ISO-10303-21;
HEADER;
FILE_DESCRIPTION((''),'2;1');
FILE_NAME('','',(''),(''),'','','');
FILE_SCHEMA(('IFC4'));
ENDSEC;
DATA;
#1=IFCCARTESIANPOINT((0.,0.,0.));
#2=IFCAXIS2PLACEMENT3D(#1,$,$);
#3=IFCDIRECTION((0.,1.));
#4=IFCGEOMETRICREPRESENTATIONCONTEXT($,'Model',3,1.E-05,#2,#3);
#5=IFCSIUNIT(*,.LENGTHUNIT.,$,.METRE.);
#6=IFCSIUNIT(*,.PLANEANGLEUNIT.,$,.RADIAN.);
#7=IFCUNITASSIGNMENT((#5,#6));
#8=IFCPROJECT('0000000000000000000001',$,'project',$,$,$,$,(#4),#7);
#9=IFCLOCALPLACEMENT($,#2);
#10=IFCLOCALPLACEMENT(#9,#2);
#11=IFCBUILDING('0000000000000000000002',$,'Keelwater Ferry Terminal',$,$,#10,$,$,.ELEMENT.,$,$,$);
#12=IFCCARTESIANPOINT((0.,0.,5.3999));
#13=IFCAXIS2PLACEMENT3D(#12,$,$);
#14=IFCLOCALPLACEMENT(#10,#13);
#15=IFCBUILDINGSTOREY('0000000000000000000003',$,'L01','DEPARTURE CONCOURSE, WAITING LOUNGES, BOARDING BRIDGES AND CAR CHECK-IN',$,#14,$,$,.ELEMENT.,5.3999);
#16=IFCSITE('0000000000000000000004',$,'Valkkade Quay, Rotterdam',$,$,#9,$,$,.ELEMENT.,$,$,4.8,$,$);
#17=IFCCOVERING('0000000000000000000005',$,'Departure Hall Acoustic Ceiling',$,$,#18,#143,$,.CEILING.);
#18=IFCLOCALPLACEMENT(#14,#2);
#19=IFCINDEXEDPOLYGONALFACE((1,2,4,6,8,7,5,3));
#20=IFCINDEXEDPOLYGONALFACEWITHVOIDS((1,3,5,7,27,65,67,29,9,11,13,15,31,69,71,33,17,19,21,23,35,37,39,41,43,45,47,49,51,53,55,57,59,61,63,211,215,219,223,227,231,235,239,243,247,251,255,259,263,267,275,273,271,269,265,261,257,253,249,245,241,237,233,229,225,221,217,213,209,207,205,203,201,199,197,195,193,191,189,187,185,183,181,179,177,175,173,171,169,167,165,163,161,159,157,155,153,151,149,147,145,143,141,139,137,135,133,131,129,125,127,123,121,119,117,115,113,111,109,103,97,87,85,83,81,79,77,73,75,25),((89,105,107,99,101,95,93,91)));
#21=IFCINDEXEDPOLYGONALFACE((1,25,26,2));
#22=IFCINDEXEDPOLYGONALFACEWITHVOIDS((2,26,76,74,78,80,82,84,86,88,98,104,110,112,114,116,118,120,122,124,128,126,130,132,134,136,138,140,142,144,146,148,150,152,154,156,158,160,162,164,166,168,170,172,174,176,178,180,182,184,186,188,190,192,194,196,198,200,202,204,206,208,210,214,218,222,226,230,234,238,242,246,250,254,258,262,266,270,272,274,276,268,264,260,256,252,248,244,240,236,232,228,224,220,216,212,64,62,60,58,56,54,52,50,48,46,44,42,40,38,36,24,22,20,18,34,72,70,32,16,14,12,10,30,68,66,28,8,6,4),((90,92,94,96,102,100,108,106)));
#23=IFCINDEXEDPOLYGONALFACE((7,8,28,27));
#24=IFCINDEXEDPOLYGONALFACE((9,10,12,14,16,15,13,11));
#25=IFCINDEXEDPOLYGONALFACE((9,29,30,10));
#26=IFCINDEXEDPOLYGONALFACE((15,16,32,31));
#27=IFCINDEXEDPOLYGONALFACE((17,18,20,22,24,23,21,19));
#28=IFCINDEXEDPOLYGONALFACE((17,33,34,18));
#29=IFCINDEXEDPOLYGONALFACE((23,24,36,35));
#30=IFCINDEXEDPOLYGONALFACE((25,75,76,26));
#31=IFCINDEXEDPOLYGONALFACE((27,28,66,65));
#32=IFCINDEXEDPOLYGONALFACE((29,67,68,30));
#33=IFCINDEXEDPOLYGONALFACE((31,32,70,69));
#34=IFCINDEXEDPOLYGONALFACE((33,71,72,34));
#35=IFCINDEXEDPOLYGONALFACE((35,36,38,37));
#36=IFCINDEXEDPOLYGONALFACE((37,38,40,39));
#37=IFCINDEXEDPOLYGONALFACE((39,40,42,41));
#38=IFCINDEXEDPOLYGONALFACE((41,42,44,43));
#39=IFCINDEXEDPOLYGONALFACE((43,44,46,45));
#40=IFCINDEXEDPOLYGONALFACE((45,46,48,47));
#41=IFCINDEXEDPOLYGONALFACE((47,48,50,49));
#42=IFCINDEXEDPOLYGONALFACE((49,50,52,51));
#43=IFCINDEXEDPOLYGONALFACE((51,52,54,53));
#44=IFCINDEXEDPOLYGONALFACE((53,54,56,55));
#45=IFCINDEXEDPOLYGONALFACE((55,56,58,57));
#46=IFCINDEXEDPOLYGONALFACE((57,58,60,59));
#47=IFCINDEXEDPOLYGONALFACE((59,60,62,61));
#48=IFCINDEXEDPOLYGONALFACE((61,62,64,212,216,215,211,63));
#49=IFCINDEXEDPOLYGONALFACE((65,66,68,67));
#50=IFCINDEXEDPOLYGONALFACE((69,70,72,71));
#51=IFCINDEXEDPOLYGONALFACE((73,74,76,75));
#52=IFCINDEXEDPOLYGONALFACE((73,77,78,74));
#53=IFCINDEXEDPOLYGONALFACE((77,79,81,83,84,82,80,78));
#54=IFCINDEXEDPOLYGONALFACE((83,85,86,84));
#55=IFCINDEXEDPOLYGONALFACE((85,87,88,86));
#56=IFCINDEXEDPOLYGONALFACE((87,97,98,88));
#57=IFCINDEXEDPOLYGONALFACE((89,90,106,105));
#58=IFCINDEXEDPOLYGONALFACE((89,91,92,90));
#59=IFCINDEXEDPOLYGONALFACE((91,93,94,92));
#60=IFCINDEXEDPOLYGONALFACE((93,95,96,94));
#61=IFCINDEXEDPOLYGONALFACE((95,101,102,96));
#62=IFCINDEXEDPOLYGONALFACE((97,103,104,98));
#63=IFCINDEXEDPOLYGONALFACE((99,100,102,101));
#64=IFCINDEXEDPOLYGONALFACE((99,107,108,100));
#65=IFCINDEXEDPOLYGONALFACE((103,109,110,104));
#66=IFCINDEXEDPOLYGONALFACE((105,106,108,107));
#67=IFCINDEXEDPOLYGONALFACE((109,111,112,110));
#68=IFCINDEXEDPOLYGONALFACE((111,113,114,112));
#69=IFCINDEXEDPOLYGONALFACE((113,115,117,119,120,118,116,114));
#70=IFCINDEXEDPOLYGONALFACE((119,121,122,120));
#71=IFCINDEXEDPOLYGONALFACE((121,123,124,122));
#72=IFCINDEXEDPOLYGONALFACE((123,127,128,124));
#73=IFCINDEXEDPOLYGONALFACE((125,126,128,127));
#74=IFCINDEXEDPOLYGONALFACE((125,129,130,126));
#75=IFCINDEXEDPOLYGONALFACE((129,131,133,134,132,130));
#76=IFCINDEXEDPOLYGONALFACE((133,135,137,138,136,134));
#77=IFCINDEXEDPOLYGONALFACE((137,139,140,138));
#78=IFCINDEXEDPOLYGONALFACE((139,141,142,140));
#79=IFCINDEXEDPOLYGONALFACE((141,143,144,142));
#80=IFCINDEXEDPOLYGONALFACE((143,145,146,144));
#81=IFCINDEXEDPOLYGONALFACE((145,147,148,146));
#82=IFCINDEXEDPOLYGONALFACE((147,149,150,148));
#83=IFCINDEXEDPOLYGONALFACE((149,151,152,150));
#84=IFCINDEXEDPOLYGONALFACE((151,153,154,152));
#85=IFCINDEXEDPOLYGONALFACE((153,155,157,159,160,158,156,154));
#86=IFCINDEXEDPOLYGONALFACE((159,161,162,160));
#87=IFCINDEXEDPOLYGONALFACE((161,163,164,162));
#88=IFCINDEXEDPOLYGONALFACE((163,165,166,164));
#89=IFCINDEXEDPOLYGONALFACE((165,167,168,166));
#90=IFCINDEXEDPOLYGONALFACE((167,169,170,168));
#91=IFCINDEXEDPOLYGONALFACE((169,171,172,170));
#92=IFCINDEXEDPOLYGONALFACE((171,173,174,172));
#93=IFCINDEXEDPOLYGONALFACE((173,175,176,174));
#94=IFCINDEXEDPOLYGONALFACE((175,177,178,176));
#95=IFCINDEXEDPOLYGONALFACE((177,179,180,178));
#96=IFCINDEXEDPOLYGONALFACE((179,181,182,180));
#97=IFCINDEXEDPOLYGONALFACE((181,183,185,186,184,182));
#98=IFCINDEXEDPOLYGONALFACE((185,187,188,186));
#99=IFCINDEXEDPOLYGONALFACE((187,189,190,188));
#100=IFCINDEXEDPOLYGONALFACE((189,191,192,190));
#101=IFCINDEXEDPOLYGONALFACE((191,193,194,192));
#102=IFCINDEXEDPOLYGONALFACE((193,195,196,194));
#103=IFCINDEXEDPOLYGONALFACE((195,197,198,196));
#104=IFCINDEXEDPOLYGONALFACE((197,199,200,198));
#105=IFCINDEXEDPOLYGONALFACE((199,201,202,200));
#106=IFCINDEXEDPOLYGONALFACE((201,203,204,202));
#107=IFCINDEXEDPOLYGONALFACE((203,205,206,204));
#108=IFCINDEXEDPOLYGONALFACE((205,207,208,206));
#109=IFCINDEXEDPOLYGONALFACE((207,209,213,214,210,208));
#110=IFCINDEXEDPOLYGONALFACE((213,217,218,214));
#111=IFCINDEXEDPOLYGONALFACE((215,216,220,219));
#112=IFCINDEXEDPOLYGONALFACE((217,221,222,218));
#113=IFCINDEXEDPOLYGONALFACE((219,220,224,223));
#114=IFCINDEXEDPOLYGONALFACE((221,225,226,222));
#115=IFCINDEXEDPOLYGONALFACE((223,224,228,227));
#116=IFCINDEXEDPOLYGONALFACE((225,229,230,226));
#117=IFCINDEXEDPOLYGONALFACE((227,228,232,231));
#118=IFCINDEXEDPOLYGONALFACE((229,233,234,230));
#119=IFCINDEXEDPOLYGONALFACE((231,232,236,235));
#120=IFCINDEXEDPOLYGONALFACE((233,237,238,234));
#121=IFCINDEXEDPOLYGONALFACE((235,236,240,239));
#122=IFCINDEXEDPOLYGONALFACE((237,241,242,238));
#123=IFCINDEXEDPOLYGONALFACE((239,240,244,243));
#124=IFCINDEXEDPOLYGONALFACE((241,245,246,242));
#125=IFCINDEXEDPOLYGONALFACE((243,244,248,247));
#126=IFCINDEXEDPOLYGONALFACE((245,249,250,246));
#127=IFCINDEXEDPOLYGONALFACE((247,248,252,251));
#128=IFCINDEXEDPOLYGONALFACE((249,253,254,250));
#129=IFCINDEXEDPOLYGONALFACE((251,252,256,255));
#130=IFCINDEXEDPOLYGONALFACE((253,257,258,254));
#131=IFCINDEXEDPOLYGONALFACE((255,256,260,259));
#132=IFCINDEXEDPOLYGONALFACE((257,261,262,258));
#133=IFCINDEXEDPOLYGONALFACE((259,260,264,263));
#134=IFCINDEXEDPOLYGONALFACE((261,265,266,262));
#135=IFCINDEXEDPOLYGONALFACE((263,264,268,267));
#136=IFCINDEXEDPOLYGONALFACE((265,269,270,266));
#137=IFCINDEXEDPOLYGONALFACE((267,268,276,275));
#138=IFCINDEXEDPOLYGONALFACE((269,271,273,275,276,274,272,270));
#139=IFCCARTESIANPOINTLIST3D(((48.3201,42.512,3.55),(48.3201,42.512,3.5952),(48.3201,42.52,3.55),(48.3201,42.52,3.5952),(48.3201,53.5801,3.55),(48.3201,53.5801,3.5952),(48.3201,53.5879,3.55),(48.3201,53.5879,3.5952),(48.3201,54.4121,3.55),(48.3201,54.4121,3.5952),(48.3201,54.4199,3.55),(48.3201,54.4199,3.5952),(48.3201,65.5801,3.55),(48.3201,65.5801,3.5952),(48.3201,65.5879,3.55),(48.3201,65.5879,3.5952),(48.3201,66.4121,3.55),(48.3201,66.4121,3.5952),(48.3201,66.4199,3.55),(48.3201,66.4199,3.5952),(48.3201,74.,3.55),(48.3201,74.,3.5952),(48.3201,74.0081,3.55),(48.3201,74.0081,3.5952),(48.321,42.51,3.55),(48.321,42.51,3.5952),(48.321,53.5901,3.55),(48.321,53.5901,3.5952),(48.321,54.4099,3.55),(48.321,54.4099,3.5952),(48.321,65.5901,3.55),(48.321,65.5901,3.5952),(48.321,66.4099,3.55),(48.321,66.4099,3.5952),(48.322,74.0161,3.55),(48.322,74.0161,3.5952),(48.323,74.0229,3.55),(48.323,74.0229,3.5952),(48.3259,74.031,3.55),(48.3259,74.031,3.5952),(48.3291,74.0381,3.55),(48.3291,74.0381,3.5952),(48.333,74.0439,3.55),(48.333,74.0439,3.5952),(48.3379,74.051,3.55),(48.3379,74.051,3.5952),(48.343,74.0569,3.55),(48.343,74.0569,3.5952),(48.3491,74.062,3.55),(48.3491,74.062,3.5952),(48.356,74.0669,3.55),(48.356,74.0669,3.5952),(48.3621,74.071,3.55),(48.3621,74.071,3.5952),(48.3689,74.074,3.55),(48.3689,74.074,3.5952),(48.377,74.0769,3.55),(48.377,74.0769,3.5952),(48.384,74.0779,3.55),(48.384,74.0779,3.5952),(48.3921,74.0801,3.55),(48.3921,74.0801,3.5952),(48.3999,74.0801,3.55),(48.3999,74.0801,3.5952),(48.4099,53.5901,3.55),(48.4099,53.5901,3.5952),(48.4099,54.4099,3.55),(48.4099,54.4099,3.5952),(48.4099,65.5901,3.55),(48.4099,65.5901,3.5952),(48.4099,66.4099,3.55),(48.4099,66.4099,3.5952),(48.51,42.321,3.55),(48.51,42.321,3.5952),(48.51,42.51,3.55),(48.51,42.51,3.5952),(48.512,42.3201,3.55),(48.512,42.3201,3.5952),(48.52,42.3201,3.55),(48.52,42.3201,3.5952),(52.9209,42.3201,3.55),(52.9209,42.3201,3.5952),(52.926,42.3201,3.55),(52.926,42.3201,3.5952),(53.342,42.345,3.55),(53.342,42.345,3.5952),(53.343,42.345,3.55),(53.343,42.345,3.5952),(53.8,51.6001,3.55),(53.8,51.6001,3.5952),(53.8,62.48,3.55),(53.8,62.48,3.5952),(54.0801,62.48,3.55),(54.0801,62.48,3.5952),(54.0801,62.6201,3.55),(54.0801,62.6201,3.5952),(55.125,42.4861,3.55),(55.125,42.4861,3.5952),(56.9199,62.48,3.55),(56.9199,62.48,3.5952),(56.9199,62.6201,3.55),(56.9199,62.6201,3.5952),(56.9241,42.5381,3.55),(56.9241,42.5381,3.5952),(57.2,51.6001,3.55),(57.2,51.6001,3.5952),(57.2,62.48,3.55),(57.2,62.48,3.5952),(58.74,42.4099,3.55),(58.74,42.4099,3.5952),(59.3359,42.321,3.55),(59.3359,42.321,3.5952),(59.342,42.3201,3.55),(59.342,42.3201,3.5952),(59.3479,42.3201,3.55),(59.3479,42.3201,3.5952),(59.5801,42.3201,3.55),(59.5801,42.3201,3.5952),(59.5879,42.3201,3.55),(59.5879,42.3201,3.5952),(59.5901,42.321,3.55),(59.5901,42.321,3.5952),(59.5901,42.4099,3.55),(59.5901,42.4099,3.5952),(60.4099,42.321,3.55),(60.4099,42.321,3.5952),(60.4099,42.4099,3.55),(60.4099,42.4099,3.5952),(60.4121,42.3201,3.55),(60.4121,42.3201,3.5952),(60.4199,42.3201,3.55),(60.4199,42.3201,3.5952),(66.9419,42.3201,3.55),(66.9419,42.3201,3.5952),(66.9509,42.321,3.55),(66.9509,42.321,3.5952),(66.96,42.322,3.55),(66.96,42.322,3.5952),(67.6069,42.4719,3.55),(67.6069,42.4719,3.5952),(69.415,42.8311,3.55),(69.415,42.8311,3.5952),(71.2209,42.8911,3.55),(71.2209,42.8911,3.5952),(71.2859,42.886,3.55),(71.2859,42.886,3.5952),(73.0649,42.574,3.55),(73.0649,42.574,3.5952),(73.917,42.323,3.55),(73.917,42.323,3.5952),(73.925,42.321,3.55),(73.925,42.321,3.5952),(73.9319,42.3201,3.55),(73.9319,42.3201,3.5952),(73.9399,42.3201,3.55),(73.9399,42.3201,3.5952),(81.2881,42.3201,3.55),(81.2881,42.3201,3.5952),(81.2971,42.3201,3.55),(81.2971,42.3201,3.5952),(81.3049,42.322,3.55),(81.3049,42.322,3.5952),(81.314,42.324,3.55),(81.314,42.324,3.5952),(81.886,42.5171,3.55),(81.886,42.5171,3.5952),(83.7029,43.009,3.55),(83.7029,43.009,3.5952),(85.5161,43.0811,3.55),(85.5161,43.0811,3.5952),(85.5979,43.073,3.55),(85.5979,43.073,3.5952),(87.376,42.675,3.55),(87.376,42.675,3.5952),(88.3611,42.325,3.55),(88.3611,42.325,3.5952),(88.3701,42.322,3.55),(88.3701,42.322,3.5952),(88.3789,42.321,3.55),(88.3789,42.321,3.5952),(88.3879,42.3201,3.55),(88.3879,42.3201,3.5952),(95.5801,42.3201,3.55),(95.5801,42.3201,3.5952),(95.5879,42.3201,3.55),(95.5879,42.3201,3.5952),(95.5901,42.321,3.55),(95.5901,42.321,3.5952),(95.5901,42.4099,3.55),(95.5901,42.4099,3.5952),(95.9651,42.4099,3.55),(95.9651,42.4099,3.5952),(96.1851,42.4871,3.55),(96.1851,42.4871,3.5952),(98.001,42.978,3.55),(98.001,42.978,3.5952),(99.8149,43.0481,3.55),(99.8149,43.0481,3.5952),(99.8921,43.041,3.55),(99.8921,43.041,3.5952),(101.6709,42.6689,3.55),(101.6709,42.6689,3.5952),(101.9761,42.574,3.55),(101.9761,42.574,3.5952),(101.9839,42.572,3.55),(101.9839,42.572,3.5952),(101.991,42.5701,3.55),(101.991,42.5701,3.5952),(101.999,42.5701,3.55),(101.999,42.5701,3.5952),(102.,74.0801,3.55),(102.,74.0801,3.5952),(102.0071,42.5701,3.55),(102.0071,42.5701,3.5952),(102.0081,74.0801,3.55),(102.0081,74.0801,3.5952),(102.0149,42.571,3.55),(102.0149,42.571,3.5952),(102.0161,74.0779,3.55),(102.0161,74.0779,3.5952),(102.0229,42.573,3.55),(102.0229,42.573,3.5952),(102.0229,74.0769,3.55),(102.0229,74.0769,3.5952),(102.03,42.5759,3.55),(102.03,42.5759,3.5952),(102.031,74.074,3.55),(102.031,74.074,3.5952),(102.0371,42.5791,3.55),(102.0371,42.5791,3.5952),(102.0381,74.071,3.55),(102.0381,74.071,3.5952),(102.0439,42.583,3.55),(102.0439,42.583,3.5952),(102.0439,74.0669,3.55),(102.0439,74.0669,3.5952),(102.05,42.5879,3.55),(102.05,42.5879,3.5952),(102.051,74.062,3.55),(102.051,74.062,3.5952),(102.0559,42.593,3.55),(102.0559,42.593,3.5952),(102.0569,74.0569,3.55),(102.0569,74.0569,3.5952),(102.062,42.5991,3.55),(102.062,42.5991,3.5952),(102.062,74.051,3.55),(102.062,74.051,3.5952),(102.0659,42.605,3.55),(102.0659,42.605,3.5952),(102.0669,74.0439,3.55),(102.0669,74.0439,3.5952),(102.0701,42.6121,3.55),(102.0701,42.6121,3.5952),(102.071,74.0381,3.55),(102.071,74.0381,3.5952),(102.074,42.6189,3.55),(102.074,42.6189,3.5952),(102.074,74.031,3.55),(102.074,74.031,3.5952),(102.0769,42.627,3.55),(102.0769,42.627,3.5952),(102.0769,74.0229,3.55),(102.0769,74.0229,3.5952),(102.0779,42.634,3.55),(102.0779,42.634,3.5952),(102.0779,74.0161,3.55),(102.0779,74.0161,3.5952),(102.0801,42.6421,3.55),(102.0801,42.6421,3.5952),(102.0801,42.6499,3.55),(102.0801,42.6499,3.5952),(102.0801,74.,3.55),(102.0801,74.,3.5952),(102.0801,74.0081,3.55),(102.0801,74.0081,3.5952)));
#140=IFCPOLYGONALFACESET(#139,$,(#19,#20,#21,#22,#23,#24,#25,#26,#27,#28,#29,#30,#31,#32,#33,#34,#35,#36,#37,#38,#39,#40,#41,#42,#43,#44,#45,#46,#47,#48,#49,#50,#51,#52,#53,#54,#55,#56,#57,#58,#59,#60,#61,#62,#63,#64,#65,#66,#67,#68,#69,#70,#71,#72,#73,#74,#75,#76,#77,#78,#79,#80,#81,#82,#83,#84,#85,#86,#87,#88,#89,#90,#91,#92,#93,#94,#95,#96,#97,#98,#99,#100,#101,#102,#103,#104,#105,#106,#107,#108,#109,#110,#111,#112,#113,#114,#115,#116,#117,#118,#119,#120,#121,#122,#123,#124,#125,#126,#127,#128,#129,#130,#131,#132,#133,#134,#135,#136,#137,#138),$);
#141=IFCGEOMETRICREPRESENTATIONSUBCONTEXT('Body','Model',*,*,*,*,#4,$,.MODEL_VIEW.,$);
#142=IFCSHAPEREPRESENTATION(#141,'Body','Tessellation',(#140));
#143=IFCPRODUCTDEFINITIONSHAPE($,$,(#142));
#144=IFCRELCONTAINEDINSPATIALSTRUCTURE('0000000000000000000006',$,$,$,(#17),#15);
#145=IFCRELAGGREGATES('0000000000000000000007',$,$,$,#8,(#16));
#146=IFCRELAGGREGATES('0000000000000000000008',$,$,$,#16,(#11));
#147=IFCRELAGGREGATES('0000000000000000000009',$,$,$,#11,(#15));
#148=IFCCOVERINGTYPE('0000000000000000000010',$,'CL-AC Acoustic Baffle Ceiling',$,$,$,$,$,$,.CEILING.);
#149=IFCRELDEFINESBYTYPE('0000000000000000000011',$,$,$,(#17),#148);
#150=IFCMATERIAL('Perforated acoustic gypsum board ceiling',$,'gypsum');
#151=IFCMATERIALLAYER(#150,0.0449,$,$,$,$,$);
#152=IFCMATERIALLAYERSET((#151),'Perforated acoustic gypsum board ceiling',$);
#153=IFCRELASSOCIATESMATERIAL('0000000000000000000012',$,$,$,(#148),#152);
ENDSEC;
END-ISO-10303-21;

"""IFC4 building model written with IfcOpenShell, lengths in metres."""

from ifc_helpers import new_model, si_unit, direction, frame, origin, place, context, subcontext, project, spatial, polyline, outline, extrude, material, layer, layer_set, type_object, element, save


model = new_model("IFC4")

# Units and contexts
model_context = context("Model", 3, precision=1e-05, world=origin(), true_north=direction((0.0, 1.0)))
body_context = subcontext(model_context, "Body", "Model", "MODEL_VIEW")
ifc_project = project(units=[si_unit("LENGTHUNIT", "METRE"), si_unit("PLANEANGLEUNIT", "RADIAN")], contexts=[model_context])

# Site, building, storey
site_placement = place(None, origin())
site = spatial("IfcSite", under=ifc_project, at=site_placement, Name="Valkkade Quay, Rotterdam", CompositionType="ELEMENT", RefElevation=4.8)
building_placement = place(site_placement, origin())
building = spatial("IfcBuilding", under=site, at=building_placement, Name="Keelwater Ferry Terminal", CompositionType="ELEMENT")
storey_placement = place(building_placement, frame((0.0, 0.0, 5.3999)))
storey = spatial("IfcBuildingStorey", under=building, at=storey_placement, Name="L01", Description="DEPARTURE CONCOURSE, WAITING LOUNGES, BOARDING BRIDGES AND CAR CHECK-IN", CompositionType="ELEMENT", Elevation=5.3999)

# Covering
ifc_material_1 = material(Name="Perforated acoustic gypsum board ceiling", Category="gypsum")
ifc_layer_1 = layer(ifc_material_1, 0.0449)
ifc_layer_set_1 = layer_set([ifc_layer_1], Name="Perforated acoustic gypsum board ceiling")
covering_type_1 = type_object("IfcCoveringType", Name="CL-AC Acoustic Baffle Ceiling", PredefinedType="CEILING", material=ifc_layer_set_1)
covering_1_placement = place(storey_placement, frame((0.0, 0.0, 3.55)))
element("IfcCovering", 1, at=covering_1_placement, inside=storey, type_object=covering_type_1, Name="Departure Hall Acoustic Ceiling", PredefinedType="CEILING", context=body_context, shape_type="SweptSolid", body=[
    extrude(outline(polyline([(48.3201, 54.4121), (48.3201, 54.4199), (48.3201, 65.5801), (48.3201, 65.5879), (48.321, 65.5901), (48.4099, 65.5901), (48.4099, 66.4099), (48.321, 66.4099), (48.3201, 66.4121), (48.3201, 66.4199), (48.3201, 74.0), (48.3201, 74.0081), (48.322, 74.0161), (48.323, 74.0229), (48.3259, 74.031), (48.3291, 74.0381), (48.333, 74.0439), (48.3379, 74.051), (48.343, 74.0569), (48.3491, 74.062), (48.356, 74.0669), (48.3621, 74.071), (48.3689, 74.074), (48.377, 74.0769), (48.384, 74.0779), (48.3921, 74.0801), (48.3999, 74.0801), (102.0, 74.0801), (102.0081, 74.0801), (102.0161, 74.0779), (102.0229, 74.0769), (102.031, 74.074), (102.0381, 74.071), (102.0439, 74.0669), (102.051, 74.062), (102.0569, 74.0569), (102.062, 74.051), (102.0669, 74.0439), (102.071, 74.0381), (102.074, 74.031), (102.0769, 74.0229), (102.0779, 74.0161), (102.0801, 74.0081), (102.0801, 74.0), (102.0801, 42.6499), (102.0801, 42.6421), (102.0779, 42.634), (102.0769, 42.627), (102.074, 42.6189), (102.0701, 42.6121), (102.0659, 42.605), (102.062, 42.5991), (102.0559, 42.593), (102.05, 42.5879), (102.0439, 42.583), (102.0371, 42.5791), (102.03, 42.5759), (102.0229, 42.573), (102.0149, 42.571), (102.0071, 42.5701), (101.999, 42.5701), (101.991, 42.5701), (101.9839, 42.572), (101.9761, 42.574), (101.6709, 42.6689), (99.8921, 43.041), (99.8149, 43.0481), (98.001, 42.978), (96.1851, 42.4871), (95.9651, 42.4099), (95.5901, 42.4099), (95.5901, 42.321), (95.5879, 42.3201), (95.5801, 42.3201), (88.3879, 42.3201), (88.3789, 42.321), (88.3701, 42.322), (88.3611, 42.325), (87.376, 42.675), (85.5979, 43.073), (85.5161, 43.0811), (83.7029, 43.009), (81.886, 42.5171), (81.314, 42.324), (81.3049, 42.322), (81.2971, 42.3201), (81.2881, 42.3201), (73.9399, 42.3201), (73.9319, 42.3201), (73.925, 42.321), (73.917, 42.323), (73.0649, 42.574), (71.2859, 42.886), (71.2209, 42.8911), (69.415, 42.8311), (67.6069, 42.4719), (66.96, 42.322), (66.9509, 42.321), (66.9419, 42.3201), (60.4199, 42.3201), (60.4121, 42.3201), (60.4099, 42.321), (60.4099, 42.4099), (59.5901, 42.4099), (59.5901, 42.321), (59.5879, 42.3201), (59.5801, 42.3201), (59.3479, 42.3201), (59.342, 42.3201), (59.3359, 42.321), (58.74, 42.4099), (56.9241, 42.5381), (55.125, 42.4861), (53.343, 42.345), (53.342, 42.345), (52.926, 42.3201), (52.9209, 42.3201), (48.52, 42.3201), (48.512, 42.3201), (48.51, 42.321), (48.51, 42.51), (48.321, 42.51), (48.3201, 42.512), (48.3201, 42.52), (48.3201, 53.5801), (48.3201, 53.5879), (48.321, 53.5901), (48.4099, 53.5901), (48.4099, 54.4099), (48.321, 54.4099), (48.3201, 54.4121)]), holes=[polyline([(54.0801, 62.6201), (54.0801, 62.48), (53.8, 62.48), (53.8, 51.6001), (57.2, 51.6001), (57.2, 62.48), (56.9199, 62.48), (56.9199, 62.6201), (54.0801, 62.6201)])]), origin(), (0.0, 0.0, 1.0), 0.0452),
])

save(model, "model.ifc")
